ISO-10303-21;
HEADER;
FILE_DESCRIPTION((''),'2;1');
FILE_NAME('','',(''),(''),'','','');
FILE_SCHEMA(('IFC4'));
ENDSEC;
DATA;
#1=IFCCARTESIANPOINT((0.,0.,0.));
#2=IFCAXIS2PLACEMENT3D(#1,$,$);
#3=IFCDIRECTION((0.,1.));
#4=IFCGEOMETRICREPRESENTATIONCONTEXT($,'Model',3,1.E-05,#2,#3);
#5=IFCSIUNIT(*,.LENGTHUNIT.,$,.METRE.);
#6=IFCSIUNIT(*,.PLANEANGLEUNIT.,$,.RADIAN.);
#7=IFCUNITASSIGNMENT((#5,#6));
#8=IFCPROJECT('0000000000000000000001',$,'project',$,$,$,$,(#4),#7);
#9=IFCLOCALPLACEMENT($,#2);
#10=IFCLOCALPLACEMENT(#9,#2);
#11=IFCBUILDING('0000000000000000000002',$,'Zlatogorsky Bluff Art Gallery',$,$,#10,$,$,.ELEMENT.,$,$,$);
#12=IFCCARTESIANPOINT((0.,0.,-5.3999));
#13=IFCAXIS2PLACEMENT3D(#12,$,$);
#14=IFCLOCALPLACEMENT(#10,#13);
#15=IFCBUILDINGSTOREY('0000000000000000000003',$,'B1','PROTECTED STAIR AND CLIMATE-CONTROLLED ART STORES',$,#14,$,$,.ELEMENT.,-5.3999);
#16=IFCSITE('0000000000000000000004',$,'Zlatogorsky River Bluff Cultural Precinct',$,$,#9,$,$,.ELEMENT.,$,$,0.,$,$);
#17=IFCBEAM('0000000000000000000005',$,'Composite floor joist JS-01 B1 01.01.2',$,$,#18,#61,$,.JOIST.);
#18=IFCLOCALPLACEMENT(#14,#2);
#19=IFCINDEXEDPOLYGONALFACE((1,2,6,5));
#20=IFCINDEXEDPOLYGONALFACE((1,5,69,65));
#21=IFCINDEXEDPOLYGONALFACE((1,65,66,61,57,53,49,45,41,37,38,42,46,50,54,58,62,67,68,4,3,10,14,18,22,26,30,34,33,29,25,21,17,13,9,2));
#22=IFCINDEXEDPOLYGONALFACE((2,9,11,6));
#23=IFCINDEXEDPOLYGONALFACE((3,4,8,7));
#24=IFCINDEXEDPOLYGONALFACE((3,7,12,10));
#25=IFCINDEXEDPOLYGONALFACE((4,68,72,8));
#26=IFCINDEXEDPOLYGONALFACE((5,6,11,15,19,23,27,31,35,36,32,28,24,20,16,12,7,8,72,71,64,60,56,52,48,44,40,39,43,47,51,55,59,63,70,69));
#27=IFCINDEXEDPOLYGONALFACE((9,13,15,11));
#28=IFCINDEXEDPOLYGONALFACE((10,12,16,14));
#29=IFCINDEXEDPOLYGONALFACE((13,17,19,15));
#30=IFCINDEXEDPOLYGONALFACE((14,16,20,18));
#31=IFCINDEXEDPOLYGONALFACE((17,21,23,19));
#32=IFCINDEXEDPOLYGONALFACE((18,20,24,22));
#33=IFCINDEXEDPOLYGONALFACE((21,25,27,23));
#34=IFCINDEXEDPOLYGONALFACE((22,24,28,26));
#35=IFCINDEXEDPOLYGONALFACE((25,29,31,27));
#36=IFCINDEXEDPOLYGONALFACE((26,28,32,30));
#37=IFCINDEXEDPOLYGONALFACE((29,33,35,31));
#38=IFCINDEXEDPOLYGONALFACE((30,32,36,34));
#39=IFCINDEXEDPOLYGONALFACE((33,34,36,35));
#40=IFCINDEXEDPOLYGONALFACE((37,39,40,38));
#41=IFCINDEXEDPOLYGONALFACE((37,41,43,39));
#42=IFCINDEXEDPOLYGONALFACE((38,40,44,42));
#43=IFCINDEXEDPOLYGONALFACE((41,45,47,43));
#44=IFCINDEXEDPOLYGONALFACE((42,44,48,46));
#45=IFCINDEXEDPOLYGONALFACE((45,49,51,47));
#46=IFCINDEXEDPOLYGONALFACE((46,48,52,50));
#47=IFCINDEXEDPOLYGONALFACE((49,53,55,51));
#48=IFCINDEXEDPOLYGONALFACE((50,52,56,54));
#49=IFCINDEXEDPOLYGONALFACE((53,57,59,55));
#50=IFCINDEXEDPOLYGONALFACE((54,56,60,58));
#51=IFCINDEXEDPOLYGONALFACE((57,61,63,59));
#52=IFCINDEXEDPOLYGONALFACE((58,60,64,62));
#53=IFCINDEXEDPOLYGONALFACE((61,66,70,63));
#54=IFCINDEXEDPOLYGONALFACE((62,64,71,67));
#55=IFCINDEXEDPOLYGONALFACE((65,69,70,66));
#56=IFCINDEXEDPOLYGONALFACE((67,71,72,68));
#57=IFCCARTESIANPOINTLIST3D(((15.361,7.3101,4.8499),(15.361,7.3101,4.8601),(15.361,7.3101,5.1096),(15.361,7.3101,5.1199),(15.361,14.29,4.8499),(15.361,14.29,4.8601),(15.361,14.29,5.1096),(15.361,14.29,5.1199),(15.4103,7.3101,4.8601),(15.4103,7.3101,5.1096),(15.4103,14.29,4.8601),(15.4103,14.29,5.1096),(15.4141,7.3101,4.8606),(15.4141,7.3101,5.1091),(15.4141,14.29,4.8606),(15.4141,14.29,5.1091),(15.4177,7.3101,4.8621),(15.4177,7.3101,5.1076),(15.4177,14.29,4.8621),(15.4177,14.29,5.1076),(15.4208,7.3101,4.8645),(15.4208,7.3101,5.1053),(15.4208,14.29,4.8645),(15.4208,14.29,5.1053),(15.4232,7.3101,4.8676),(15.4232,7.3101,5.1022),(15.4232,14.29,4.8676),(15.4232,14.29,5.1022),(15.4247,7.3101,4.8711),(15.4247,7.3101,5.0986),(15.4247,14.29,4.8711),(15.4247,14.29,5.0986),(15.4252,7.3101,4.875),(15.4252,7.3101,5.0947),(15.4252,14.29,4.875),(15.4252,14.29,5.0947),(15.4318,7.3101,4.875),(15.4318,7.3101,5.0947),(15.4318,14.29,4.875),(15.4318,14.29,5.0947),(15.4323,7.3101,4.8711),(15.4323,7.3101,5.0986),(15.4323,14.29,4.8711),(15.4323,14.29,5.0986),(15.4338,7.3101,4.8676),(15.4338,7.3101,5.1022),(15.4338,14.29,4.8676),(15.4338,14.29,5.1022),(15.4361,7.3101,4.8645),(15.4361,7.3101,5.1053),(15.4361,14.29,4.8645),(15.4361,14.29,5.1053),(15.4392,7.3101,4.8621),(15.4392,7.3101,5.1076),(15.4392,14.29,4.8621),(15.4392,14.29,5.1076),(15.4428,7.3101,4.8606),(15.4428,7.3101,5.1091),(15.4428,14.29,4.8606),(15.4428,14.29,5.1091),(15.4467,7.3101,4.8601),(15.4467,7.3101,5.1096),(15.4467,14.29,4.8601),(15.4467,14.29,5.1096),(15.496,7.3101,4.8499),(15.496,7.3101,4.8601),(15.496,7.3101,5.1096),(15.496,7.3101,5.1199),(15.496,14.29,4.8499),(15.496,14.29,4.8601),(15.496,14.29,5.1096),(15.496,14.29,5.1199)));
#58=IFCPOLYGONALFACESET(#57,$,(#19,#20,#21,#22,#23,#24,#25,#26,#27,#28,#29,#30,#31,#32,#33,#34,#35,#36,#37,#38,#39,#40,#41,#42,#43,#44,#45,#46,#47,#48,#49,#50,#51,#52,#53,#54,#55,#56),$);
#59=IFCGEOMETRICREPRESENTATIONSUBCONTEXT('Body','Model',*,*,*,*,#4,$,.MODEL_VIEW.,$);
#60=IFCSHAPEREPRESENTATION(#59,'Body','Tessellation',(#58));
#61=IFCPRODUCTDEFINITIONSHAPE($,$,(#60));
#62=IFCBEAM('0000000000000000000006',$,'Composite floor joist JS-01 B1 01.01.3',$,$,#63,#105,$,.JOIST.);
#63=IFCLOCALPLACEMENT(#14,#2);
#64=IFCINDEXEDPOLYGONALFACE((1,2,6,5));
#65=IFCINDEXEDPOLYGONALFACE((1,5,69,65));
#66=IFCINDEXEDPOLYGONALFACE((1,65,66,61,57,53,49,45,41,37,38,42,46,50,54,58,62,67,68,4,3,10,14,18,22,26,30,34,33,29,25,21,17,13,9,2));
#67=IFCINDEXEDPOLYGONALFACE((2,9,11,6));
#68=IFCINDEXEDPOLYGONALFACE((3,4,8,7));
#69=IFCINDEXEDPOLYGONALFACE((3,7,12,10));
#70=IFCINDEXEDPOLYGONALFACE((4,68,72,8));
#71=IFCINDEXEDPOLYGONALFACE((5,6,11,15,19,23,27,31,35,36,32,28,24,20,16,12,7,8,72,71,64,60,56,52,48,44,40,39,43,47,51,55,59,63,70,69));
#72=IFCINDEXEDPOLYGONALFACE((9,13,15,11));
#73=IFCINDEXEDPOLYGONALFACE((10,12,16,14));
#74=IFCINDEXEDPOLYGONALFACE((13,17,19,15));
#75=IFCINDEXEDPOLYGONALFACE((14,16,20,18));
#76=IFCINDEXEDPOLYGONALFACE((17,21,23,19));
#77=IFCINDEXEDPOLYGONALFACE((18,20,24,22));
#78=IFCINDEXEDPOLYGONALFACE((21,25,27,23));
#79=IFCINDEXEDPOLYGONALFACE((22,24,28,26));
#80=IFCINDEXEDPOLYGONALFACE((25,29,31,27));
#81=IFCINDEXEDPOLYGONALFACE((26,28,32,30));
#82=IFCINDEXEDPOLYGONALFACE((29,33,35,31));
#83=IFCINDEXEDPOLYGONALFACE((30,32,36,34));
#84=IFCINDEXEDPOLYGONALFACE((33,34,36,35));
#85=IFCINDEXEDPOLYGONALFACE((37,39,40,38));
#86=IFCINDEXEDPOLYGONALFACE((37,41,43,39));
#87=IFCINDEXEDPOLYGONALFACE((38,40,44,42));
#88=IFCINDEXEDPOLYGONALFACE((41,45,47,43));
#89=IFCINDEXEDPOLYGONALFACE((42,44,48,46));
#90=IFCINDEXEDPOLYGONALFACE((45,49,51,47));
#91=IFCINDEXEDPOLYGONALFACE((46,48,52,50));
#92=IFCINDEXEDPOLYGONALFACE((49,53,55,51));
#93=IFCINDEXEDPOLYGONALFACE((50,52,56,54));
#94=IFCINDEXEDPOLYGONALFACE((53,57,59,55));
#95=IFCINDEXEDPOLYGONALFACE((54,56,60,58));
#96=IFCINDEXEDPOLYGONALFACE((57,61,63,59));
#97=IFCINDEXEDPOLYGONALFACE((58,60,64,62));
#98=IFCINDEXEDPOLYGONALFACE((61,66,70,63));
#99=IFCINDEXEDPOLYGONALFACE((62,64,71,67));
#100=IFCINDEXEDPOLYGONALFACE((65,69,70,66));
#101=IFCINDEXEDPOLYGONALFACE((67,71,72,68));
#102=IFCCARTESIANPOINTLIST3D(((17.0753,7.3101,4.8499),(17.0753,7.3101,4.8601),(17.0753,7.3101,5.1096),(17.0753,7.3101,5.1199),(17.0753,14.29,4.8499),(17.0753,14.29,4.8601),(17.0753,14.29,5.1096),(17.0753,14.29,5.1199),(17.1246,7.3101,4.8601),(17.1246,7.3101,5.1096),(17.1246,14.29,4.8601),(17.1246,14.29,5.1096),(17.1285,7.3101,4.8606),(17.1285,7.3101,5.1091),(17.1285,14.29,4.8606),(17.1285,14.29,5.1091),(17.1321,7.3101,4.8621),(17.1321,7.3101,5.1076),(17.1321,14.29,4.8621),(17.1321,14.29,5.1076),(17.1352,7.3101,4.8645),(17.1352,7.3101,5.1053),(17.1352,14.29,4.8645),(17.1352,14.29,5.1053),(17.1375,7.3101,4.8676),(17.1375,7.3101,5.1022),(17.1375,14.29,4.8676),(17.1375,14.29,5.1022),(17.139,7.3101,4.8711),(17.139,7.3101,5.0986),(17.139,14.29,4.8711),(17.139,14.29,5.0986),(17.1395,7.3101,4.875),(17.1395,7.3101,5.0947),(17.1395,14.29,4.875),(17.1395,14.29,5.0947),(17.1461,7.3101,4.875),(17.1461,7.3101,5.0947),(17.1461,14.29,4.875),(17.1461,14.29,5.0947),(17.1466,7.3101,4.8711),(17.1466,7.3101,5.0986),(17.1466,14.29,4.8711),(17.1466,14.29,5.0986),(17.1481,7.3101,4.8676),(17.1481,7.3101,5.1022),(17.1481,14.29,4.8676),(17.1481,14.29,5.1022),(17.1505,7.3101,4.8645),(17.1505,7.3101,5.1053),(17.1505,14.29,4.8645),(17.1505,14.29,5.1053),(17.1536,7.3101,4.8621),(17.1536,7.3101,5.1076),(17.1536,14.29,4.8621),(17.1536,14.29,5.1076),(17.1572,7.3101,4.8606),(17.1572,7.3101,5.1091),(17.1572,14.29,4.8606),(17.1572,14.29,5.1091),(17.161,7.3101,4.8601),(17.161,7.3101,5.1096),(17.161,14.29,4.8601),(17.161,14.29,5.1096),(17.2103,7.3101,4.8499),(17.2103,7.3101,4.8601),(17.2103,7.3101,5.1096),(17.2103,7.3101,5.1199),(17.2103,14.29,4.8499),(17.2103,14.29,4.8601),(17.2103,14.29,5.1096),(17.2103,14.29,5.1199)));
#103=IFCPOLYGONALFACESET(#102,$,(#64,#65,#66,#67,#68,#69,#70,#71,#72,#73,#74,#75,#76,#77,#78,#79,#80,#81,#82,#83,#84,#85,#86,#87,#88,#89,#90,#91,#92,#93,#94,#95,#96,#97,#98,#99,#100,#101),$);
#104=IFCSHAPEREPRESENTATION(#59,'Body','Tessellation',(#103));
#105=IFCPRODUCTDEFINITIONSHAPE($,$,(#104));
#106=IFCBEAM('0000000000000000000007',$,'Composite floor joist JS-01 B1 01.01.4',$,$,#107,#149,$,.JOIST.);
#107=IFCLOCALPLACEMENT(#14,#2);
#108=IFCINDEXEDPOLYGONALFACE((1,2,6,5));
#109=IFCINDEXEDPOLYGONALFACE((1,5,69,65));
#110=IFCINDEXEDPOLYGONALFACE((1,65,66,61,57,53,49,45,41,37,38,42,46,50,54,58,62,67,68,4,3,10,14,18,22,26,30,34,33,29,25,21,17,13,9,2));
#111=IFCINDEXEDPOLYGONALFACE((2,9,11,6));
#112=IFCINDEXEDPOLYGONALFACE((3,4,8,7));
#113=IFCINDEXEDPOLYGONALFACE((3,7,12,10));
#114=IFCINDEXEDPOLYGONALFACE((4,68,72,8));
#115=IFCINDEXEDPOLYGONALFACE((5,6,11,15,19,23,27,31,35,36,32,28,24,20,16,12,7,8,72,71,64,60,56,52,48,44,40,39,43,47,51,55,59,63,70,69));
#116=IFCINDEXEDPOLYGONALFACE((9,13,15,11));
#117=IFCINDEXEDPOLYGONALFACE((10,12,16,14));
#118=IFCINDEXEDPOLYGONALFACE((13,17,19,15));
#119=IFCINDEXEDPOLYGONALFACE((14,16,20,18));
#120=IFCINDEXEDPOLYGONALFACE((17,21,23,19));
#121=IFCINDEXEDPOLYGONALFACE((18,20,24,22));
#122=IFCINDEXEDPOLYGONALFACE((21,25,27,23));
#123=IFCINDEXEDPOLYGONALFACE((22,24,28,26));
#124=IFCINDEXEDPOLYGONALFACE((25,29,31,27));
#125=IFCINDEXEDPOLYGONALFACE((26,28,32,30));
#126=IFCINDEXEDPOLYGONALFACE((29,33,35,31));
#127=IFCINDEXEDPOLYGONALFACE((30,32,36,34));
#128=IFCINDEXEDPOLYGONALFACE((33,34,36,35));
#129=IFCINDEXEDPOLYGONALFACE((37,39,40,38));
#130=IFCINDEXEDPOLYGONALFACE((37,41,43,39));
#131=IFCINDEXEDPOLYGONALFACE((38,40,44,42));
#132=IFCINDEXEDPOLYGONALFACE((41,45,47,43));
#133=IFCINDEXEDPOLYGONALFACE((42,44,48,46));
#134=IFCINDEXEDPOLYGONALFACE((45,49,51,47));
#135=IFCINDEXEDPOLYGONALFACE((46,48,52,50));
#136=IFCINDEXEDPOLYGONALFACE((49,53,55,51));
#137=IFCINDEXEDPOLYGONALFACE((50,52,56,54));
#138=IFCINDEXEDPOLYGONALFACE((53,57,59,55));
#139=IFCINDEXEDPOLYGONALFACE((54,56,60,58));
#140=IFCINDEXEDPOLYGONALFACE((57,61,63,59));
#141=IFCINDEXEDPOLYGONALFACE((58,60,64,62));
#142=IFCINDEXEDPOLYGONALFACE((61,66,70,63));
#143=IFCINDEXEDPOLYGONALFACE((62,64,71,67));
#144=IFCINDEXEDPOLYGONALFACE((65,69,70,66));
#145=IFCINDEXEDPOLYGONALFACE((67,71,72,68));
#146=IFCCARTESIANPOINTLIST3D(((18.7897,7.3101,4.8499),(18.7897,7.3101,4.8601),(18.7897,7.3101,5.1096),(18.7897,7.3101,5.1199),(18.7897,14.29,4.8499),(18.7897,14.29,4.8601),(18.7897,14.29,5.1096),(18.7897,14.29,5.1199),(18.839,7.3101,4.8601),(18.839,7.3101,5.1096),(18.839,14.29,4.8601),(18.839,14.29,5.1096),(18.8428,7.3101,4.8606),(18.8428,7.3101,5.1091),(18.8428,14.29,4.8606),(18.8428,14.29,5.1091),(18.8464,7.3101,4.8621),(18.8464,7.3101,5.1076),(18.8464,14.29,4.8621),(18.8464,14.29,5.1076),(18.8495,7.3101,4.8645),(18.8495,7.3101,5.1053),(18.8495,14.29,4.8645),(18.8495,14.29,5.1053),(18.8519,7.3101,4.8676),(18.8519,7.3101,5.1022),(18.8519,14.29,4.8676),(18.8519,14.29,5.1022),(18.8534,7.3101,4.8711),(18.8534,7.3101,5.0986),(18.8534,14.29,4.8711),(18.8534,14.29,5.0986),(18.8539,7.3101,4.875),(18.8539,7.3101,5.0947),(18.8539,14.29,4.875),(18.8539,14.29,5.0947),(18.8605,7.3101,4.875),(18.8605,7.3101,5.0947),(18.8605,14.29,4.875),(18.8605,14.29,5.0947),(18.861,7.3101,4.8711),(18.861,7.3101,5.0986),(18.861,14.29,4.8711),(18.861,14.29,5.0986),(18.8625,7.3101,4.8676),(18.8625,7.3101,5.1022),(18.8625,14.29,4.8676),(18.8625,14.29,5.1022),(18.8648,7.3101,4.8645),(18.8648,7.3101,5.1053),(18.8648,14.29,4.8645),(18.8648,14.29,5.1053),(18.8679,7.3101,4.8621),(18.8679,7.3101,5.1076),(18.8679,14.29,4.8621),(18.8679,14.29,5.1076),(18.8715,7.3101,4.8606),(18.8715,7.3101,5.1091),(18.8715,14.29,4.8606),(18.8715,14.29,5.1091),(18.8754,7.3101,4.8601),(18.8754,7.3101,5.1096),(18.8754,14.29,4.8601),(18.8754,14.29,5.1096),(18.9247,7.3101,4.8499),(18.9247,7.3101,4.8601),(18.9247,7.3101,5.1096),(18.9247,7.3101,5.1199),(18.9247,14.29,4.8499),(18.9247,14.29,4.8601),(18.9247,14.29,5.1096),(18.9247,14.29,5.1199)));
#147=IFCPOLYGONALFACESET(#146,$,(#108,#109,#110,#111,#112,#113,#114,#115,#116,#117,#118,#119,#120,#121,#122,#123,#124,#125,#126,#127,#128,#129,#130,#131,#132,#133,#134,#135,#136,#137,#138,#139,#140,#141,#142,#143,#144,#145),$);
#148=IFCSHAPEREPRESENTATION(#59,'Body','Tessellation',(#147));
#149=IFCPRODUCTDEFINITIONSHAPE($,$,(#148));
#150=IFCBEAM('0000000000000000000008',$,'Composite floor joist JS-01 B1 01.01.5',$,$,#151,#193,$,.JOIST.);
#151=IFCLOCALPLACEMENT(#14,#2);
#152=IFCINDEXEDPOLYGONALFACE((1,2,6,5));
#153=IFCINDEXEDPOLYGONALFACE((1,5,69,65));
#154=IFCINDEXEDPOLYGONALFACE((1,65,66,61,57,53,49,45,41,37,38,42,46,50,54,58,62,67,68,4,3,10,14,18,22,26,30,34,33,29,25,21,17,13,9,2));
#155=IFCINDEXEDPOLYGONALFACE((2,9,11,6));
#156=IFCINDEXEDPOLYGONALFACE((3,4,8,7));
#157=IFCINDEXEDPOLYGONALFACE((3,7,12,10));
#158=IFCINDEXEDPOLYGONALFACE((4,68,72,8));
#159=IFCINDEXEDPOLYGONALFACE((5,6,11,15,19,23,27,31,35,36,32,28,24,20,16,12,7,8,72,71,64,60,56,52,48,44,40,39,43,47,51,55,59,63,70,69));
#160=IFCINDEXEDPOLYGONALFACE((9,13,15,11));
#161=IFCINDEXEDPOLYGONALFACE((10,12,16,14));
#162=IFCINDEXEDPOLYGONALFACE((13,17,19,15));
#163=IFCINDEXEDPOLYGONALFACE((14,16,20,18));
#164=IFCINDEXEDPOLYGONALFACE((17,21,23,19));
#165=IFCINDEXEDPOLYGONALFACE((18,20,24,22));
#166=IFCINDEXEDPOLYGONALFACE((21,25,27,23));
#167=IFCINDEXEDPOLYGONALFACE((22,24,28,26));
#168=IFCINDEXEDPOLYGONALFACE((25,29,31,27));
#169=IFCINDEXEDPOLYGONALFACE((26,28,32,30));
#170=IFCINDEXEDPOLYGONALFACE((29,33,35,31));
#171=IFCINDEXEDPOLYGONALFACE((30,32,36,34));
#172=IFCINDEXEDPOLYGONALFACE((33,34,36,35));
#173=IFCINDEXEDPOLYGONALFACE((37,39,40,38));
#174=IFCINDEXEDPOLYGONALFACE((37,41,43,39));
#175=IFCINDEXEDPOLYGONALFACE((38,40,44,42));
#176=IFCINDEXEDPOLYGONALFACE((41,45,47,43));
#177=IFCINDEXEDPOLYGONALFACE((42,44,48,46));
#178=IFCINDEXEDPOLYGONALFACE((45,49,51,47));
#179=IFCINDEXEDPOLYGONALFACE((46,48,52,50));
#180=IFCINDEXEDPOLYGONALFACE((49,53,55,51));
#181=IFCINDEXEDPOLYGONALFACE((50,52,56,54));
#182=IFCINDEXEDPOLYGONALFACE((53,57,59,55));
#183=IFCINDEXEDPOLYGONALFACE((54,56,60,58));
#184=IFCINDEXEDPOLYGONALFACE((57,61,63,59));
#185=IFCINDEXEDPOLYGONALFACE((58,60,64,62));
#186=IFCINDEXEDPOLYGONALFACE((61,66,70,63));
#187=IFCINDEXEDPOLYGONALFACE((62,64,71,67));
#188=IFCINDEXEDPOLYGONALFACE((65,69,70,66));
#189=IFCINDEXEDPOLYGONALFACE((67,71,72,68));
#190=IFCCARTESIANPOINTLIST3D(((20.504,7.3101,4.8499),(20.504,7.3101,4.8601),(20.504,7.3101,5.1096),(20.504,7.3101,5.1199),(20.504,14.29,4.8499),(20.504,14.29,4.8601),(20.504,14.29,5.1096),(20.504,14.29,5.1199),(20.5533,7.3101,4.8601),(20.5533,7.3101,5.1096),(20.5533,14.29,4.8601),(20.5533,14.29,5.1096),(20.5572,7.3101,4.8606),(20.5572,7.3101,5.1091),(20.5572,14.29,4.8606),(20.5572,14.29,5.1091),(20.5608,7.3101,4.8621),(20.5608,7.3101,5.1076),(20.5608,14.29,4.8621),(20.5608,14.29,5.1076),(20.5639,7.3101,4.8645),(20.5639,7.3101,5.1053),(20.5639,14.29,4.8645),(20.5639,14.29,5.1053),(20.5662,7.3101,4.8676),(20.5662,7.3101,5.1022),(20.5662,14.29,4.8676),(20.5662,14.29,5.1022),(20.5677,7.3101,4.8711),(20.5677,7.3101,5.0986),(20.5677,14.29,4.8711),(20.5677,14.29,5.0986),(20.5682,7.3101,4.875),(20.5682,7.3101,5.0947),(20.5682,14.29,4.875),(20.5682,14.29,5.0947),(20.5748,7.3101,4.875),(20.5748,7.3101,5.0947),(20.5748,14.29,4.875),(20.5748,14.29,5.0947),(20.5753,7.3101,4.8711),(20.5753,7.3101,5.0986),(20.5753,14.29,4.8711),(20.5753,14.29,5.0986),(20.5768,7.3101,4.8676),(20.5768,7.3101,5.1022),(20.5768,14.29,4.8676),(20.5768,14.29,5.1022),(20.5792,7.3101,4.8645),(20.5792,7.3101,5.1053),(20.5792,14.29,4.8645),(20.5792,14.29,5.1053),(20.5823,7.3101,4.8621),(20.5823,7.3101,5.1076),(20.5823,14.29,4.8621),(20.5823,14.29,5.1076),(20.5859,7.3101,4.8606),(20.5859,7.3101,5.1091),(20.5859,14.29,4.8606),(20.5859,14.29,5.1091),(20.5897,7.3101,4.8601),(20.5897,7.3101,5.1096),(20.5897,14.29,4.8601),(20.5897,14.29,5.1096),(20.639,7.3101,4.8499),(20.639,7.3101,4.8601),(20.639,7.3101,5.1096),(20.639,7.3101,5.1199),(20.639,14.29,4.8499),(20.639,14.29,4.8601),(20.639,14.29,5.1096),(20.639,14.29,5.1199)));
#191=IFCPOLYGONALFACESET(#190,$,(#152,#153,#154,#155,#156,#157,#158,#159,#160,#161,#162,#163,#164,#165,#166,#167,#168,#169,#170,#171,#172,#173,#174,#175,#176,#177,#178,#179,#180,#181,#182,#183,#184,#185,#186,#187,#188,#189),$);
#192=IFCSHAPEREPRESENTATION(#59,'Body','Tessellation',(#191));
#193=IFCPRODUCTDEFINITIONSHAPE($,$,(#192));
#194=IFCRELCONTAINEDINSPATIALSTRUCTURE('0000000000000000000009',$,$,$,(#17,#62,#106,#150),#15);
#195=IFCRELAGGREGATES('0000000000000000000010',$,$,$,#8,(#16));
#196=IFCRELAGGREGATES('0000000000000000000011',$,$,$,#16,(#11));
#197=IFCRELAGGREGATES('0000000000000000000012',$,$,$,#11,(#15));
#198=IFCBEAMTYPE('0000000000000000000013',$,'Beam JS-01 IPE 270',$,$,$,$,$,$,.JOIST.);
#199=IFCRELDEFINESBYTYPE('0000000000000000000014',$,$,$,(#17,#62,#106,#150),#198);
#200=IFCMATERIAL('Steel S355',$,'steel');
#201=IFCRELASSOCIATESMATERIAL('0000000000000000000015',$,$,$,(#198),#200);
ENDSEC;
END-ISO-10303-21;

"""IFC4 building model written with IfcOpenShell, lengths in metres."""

from ifc_helpers import new_model, si_unit, direction, frame, origin, origin_2d, place, context, subcontext, project, spatial, i_section, extrude, material, material_profile, profile_set, type_object, element, save


model = new_model("IFC4")

# Units and contexts
model_context = context("Model", 3, precision=1e-05, world=origin(), true_north=direction((0.0, 1.0)))
body_context = subcontext(model_context, "Body", "Model", "MODEL_VIEW")
ifc_project = project(units=[si_unit("LENGTHUNIT", "METRE"), si_unit("PLANEANGLEUNIT", "RADIAN")], contexts=[model_context])

# Site, building, storey
site_placement = place(None, origin())
site = spatial("IfcSite", under=ifc_project, at=site_placement, Name="Zlatogorsky River Bluff Cultural Precinct", CompositionType="ELEMENT", RefElevation=0.0)
building_placement = place(site_placement, origin())
building = spatial("IfcBuilding", under=site, at=building_placement, Name="Zlatogorsky Bluff Art Gallery", CompositionType="ELEMENT")
storey_placement = place(building_placement, frame((0.0, 0.0, -5.3999)))
storey = spatial("IfcBuildingStorey", under=building, at=storey_placement, Name="B1", Description="PROTECTED STAIR AND CLIMATE-CONTROLLED ART STORES", CompositionType="ELEMENT", Elevation=-5.3999)

# Beams
ifc_material_1 = material(Name="Steel S355", Category="steel")
ifc_material_profile_1 = material_profile(ifc_material_1, i_section(OverallWidth=0.135, OverallDepth=0.27, WebThickness=0.0066, FlangeThickness=0.0103, FilletRadius=0.0149, at=origin_2d()), Name="IPE 270")
ifc_profile_set_1 = profile_set([ifc_material_profile_1], Name="Steel S355")
beam_type_1 = type_object("IfcBeamType", Name="Beam JS-01 IPE 270", PredefinedType="JOIST", material=ifc_profile_set_1)
for number, where, z_axis, x_axis, name in (
    (1, (15.4285, 7.3101, 4.9849), (0.0, 1.0, 0.0), (-1.0, 0.0, 0.0), "Composite floor joist JS-01 B1 01.01.2"),
    (2, (17.1428, 7.3101, 4.9849), (0.0, 1.0, 0.0), (-1.0, 0.0, 0.0), "Composite floor joist JS-01 B1 01.01.3"),
    (3, (18.8572, 7.3101, 4.9849), (0.0, 1.0, 0.0), (-1.0, 0.0, 0.0), "Composite floor joist JS-01 B1 01.01.4"),
    (4, (20.5715, 7.3101, 4.9849), (0.0, 1.0, 0.0), (-1.0, 0.0, 0.0), "Composite floor joist JS-01 B1 01.01.5"),
):
    element("IfcBeam", number, at=place(storey_placement, frame(where, z_axis=z_axis, x_axis=x_axis)), inside=storey, type_object=beam_type_1, Name=name, PredefinedType="JOIST", context=body_context, shape_type="SweptSolid", body=[
        extrude(i_section(OverallWidth=0.135, OverallDepth=0.27, WebThickness=0.0066, FlangeThickness=0.0103, FilletRadius=0.0149, at=origin_2d()), origin(), (0.0, 0.0, 1.0), 6.98),
    ])

save(model, "model.ifc")
